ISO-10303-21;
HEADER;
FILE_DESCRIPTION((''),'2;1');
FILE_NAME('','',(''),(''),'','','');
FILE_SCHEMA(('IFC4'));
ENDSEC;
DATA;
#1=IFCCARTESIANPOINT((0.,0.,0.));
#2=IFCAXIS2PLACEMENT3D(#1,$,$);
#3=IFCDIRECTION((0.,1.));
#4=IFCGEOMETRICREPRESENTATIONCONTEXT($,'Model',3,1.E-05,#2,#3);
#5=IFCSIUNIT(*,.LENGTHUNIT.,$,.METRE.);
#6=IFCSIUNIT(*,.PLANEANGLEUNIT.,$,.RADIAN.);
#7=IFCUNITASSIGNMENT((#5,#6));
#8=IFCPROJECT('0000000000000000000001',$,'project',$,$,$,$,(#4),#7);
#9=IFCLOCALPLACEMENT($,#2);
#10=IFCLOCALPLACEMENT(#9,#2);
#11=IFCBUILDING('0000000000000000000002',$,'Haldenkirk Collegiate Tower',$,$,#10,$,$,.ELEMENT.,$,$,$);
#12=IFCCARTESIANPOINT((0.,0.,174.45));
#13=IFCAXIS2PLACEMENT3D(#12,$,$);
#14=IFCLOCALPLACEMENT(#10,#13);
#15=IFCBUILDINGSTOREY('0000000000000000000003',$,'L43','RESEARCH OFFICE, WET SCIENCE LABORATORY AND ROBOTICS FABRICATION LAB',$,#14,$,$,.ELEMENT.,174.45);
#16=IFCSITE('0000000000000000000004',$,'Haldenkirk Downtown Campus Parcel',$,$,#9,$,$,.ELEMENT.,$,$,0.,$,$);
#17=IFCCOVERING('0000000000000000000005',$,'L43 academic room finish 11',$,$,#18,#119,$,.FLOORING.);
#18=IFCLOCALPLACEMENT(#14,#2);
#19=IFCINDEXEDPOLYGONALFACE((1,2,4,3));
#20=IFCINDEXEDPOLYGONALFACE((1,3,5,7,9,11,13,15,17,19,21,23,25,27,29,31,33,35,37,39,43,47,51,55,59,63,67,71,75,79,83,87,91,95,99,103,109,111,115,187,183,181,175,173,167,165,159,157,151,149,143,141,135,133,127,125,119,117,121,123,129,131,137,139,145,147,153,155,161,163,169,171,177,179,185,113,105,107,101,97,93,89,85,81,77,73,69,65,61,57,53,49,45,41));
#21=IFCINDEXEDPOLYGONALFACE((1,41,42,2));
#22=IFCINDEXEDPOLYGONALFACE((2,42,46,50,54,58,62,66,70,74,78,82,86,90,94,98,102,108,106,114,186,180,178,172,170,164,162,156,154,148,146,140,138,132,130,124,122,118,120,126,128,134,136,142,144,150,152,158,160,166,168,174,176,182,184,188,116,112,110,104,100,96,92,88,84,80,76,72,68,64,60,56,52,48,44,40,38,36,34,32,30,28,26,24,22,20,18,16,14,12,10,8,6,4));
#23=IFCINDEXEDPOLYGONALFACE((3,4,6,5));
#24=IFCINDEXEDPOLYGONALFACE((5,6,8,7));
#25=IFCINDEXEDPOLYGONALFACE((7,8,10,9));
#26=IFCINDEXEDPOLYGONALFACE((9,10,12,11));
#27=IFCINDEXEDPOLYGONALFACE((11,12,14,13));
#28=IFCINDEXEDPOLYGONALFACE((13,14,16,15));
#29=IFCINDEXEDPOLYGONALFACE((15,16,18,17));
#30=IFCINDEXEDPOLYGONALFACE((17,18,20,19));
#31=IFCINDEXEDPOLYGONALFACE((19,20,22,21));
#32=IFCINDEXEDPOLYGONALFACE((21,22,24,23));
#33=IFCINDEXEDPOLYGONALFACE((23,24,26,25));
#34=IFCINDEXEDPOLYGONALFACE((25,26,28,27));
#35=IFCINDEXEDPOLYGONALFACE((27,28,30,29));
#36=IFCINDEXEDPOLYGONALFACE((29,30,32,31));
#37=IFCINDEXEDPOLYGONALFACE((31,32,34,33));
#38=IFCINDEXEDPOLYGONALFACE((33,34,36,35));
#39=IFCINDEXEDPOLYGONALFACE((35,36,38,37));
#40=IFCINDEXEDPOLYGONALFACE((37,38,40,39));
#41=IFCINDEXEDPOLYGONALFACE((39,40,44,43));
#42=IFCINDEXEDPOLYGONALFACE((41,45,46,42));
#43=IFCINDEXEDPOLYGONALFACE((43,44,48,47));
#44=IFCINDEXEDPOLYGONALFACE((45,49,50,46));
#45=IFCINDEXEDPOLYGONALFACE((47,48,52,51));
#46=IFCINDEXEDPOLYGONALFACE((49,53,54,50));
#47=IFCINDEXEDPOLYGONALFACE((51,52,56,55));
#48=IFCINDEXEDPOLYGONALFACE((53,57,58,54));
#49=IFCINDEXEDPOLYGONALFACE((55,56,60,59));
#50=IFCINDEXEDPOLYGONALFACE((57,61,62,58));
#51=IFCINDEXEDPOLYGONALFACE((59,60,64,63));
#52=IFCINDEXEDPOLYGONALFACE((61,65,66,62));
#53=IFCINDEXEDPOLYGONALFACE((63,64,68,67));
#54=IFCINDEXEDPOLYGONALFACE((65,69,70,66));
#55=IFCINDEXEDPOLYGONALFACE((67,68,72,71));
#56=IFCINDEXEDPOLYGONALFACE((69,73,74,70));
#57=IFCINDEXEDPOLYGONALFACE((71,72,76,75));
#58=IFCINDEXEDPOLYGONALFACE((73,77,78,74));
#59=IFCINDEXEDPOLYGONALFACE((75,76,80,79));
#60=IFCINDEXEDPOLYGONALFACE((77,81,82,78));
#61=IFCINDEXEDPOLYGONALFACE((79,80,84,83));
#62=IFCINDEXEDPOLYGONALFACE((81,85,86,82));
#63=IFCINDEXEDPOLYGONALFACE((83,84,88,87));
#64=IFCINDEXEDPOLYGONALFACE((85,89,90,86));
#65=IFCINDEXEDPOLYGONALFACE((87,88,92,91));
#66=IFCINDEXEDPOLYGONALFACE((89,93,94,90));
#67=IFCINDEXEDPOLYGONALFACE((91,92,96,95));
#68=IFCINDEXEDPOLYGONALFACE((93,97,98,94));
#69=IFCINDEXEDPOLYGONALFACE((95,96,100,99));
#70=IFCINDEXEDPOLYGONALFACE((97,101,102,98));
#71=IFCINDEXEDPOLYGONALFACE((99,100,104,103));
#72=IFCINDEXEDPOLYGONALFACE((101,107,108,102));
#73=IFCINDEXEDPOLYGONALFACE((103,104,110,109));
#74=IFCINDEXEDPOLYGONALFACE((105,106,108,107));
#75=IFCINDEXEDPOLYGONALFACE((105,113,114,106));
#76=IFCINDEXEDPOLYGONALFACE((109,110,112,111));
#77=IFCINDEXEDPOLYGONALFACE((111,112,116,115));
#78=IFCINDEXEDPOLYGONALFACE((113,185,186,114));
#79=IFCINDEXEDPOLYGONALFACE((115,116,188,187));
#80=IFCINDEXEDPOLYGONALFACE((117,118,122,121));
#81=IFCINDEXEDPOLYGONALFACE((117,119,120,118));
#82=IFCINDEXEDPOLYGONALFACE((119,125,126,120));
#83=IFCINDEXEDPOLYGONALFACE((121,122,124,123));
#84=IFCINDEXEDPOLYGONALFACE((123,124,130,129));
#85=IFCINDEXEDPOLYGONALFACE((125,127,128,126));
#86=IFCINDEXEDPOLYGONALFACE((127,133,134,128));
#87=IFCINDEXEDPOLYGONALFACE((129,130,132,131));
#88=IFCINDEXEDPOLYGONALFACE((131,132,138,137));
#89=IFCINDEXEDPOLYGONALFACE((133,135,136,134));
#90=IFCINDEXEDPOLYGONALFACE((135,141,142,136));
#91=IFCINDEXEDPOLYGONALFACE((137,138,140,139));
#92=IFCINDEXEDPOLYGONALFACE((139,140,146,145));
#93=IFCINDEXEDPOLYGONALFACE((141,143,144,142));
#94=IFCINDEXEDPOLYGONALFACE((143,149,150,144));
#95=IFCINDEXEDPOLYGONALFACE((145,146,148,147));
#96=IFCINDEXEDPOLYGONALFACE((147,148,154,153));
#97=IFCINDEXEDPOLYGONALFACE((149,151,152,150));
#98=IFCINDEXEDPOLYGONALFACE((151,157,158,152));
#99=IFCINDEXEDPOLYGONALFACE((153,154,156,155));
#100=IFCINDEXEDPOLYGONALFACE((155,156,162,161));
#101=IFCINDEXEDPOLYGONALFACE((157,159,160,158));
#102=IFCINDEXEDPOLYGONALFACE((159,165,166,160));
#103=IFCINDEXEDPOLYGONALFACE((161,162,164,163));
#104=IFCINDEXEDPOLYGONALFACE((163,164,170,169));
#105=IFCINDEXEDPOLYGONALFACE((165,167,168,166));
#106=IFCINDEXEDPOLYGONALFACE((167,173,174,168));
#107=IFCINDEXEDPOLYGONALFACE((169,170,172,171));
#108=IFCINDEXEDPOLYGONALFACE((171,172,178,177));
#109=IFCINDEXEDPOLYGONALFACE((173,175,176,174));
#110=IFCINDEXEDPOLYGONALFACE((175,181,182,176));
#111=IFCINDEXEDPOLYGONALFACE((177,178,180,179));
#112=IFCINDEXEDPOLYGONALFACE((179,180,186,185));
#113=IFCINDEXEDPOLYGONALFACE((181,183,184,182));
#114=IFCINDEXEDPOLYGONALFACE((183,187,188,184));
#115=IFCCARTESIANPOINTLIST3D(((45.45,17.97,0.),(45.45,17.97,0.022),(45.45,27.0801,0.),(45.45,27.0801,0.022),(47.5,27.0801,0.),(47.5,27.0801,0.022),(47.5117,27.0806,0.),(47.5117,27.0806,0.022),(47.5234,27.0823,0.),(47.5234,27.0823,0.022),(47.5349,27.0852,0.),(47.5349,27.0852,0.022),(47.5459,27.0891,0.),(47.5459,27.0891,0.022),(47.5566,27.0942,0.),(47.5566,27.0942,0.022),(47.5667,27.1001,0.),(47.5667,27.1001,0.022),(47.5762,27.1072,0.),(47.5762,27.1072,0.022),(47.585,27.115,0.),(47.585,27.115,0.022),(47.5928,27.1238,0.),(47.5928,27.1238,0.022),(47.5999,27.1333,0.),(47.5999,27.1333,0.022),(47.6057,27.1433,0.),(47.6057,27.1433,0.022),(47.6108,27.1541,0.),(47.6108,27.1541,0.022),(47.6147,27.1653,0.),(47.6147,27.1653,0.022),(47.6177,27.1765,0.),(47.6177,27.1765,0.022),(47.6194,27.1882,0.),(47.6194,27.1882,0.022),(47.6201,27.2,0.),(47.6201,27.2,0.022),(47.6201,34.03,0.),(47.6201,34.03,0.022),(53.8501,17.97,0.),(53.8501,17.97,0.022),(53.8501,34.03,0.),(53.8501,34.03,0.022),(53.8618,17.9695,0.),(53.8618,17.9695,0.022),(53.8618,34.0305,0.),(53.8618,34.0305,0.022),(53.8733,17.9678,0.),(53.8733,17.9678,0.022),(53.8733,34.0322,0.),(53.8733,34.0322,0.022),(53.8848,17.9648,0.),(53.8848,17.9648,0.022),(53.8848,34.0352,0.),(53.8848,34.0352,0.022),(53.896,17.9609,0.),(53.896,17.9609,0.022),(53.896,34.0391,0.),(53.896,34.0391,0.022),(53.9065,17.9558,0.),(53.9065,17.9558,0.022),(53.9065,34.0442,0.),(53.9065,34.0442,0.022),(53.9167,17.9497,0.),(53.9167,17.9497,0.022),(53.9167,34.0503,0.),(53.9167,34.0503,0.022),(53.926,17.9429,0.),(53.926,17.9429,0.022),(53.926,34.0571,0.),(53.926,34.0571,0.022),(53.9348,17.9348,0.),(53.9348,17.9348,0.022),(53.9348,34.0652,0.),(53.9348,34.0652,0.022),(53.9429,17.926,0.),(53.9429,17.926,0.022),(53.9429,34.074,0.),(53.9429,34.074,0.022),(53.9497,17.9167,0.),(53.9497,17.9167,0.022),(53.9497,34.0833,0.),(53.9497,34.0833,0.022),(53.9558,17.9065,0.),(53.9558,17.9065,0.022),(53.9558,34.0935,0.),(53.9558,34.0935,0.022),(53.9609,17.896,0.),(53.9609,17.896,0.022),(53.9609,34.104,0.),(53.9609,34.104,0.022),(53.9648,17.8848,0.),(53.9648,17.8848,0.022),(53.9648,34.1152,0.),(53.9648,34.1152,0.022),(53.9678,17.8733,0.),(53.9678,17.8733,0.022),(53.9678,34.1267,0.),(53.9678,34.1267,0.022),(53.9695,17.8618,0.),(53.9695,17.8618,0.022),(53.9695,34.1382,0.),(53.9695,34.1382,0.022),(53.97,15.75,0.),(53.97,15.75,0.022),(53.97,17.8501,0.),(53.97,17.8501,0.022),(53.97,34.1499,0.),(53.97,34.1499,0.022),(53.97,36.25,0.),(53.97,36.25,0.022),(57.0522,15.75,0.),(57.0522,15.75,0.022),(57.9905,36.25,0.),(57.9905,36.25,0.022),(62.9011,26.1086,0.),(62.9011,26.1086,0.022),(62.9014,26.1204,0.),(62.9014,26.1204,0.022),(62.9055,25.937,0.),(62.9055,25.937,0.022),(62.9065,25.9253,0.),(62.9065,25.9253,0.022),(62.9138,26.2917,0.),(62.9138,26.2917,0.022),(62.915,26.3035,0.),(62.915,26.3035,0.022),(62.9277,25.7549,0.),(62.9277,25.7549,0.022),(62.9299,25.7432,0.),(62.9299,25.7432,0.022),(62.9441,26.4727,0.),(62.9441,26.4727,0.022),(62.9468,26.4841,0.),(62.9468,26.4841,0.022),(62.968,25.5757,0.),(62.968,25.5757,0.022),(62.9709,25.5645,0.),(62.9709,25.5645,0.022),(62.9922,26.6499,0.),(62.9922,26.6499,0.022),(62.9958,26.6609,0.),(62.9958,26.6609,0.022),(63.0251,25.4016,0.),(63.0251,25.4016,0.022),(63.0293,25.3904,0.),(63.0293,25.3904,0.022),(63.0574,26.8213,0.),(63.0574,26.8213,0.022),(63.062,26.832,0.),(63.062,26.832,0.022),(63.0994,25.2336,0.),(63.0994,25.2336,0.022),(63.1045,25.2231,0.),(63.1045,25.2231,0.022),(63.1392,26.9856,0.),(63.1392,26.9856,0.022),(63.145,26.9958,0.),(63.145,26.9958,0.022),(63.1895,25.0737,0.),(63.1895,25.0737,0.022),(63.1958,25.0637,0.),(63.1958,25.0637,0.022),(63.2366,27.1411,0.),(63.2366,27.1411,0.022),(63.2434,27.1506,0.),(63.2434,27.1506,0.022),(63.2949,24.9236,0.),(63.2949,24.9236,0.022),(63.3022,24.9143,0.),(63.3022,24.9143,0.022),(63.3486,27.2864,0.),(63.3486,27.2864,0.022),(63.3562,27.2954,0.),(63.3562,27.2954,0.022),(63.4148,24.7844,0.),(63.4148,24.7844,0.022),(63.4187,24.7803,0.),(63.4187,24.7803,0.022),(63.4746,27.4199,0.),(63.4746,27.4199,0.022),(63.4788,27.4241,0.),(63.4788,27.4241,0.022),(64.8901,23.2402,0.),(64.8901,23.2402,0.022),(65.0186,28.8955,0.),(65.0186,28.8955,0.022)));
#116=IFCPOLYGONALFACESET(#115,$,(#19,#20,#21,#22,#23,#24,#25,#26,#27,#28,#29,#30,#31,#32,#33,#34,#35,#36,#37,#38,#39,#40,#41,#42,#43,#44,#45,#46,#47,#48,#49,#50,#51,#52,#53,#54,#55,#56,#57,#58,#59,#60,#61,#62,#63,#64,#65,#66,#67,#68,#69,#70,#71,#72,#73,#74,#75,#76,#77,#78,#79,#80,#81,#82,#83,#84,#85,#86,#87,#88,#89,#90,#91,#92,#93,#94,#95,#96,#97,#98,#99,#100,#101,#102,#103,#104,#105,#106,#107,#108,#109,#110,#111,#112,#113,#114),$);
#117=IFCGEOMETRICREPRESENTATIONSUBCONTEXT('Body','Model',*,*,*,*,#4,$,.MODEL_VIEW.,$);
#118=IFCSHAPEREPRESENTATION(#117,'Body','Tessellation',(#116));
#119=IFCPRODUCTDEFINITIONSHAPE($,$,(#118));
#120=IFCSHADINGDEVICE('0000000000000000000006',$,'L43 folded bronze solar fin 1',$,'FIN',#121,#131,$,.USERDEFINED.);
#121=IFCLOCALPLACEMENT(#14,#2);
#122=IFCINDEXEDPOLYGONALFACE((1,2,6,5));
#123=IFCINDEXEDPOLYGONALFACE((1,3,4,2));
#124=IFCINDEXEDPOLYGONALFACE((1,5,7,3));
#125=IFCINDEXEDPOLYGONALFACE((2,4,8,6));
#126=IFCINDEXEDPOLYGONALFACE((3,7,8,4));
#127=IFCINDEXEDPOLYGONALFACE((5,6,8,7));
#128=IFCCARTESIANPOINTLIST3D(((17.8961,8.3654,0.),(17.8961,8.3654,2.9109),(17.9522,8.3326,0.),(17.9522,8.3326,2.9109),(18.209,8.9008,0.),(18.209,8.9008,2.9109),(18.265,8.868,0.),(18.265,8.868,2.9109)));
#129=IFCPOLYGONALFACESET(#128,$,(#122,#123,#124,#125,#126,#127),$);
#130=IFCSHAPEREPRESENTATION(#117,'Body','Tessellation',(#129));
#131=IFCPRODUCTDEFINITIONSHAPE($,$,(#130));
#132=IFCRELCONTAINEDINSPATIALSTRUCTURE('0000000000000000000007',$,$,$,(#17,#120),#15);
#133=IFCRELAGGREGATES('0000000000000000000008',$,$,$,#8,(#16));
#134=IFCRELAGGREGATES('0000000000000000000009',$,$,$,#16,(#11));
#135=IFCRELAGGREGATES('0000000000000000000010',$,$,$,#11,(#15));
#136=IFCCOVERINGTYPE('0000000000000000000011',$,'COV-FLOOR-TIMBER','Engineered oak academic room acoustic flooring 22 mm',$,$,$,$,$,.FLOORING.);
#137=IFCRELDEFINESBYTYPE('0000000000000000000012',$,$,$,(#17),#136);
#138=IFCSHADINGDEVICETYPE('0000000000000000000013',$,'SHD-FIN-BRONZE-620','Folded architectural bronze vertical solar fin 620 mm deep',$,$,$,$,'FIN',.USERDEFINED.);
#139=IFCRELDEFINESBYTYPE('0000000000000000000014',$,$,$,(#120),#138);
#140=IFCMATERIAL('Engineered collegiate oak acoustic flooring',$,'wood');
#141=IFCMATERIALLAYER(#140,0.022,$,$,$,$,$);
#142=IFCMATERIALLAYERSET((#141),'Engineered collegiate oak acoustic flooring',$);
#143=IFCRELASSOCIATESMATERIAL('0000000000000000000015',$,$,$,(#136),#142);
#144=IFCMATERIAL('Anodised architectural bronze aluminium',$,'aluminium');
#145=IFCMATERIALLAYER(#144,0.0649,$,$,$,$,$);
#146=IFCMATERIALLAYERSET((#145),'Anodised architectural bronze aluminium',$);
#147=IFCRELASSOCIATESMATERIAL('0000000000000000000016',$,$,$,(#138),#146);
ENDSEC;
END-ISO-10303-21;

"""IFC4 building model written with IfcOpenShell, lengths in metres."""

from ifc_helpers import new_model, si_unit, direction, frame, origin, origin_2d, place, context, subcontext, project, spatial, polyline, rectangle, outline, extrude, source, transform, mapped, material, layer, layer_set, type_object, element, save


model = new_model("IFC4")

# Units and contexts
model_context = context("Model", 3, precision=1e-05, world=origin(), true_north=direction((0.0, 1.0)))
body_context = subcontext(model_context, "Body", "Model", "MODEL_VIEW")
ifc_project = project(units=[si_unit("LENGTHUNIT", "METRE"), si_unit("PLANEANGLEUNIT", "RADIAN")], contexts=[model_context])

# Site, building, storey
site_placement = place(None, origin())
site = spatial("IfcSite", under=ifc_project, at=site_placement, Name="Haldenkirk Downtown Campus Parcel", CompositionType="ELEMENT", RefElevation=0.0)
building_placement = place(site_placement, origin())
building = spatial("IfcBuilding", under=site, at=building_placement, Name="Haldenkirk Collegiate Tower", CompositionType="ELEMENT")
storey_placement = place(building_placement, frame((0.0, 0.0, 174.45)))
storey = spatial("IfcBuildingStorey", under=building, at=storey_placement, Name="L43", Description="RESEARCH OFFICE, WET SCIENCE LABORATORY AND ROBOTICS FABRICATION LAB", CompositionType="ELEMENT", Elevation=174.45)

# Shared definitions
ifc_material_1 = material(Name="Anodised architectural bronze aluminium", Category="aluminium")

# Covering
ifc_material_2 = material(Name="Engineered collegiate oak acoustic flooring", Category="wood")
ifc_layer_1 = layer(ifc_material_2, 0.022)
ifc_layer_set_1 = layer_set([ifc_layer_1], Name="Engineered collegiate oak acoustic flooring")
covering_type_1 = type_object("IfcCoveringType", Name="COV-FLOOR-TIMBER", Description="Engineered oak academic room acoustic flooring 22 mm", PredefinedType="FLOORING", material=ifc_layer_set_1)
covering_1_placement = place(storey_placement, origin())
element("IfcCovering", 1, at=covering_1_placement, inside=storey, type_object=covering_type_1, Name="L43 academic room finish 11", PredefinedType="FLOORING", context=body_context, shape_type="SweptSolid", body=[
    extrude(outline(polyline([(63.4788, 27.4241), (63.4746, 27.4199), (63.3562, 27.2954), (63.3486, 27.2864), (63.2434, 27.1506), (63.2366, 27.1411), (63.145, 26.9958), (63.1392, 26.9856), (63.062, 26.832), (63.0574, 26.8213), (62.9958, 26.6609), (62.9922, 26.6499), (62.9468, 26.4841), (62.9441, 26.4727), (62.915, 26.3035), (62.9138, 26.2917), (62.9014, 26.1204), (62.9011, 26.1086), (62.9055, 25.937), (62.9065, 25.9253), (62.9277, 25.7549), (62.9299, 25.7432), (62.968, 25.5757), (62.9709, 25.5645), (63.0251, 25.4016), (63.0293, 25.3904), (63.0994, 25.2336), (63.1045, 25.2231), (63.1895, 25.0737), (63.1958, 25.0637), (63.2949, 24.9236), (63.3022, 24.9143), (63.4148, 24.7844), (63.4187, 24.7803), (64.8901, 23.2402), (57.0522, 15.75), (53.97, 15.75), (53.97, 17.8501), (53.9695, 17.8618), (53.9678, 17.8733), (53.9648, 17.8848), (53.9609, 17.896), (53.9558, 17.9065), (53.9497, 17.9167), (53.9429, 17.926), (53.9348, 17.9348), (53.926, 17.9429), (53.9167, 17.9497), (53.9065, 17.9558), (53.896, 17.9609), (53.8848, 17.9648), (53.8733, 17.9678), (53.8618, 17.9695), (53.8501, 17.97), (45.45, 17.97), (45.45, 27.0801), (47.5, 27.0801), (47.5117, 27.0806), (47.5234, 27.0823), (47.5349, 27.0852), (47.5459, 27.0891), (47.5566, 27.0942), (47.5667, 27.1001), (47.5762, 27.1072), (47.585, 27.115), (47.5928, 27.1238), (47.5999, 27.1333), (47.6057, 27.1433), (47.6108, 27.1541), (47.6147, 27.1653), (47.6177, 27.1765), (47.6194, 27.1882), (47.6201, 27.2), (47.6201, 34.03), (53.8501, 34.03), (53.8618, 34.0305), (53.8733, 34.0322), (53.8848, 34.0352), (53.896, 34.0391), (53.9065, 34.0442), (53.9167, 34.0503), (53.926, 34.0571), (53.9348, 34.0652), (53.9429, 34.074), (53.9497, 34.0833), (53.9558, 34.0935), (53.9609, 34.104), (53.9648, 34.1152), (53.9678, 34.1267), (53.9695, 34.1382), (53.97, 34.1499), (53.97, 36.25), (57.9905, 36.25), (65.0186, 28.8955), (63.4788, 27.4241)])), origin(), (0.0, 0.0, 1.0), 0.022),
])

# Shading device
ifc_layer_2 = layer(ifc_material_1, 0.0649)
ifc_layer_set_2 = layer_set([ifc_layer_2], Name="Anodised architectural bronze aluminium")
shading_device_type = type_object("IfcShadingDeviceType", Name="SHD-FIN-BRONZE-620", Description="Folded architectural bronze vertical solar fin 620 mm deep", ElementType="FIN", PredefinedType="USERDEFINED", material=ifc_layer_set_2)
shared_shape_1 = source(origin(), body_context, "Body", "SweptSolid", [
    extrude(rectangle(XDim=0.6201, YDim=0.0649, at=origin_2d()), origin(), (0.0, 0.0, 1.0), 2.9109),
])
shading_device_placement = place(storey_placement, frame((18.0806, 8.6167, 0.0), z_axis=(0.0, 0.0, 1.0), x_axis=(-0.504528, -0.863396, 0.0)))
element("IfcShadingDevice", 2, at=shading_device_placement, inside=storey, type_object=shading_device_type, Name="L43 folded bronze solar fin 1", ObjectType="FIN", PredefinedType="USERDEFINED", context=body_context, shape_type="MappedRepresentation", body=[
    mapped(shared_shape_1, transform((0.0, 0.0, 0.0), x_axis=(1.0, 0.0, 0.0), y_axis=(0.0, 1.0, 0.0), z_axis=(0.0, 0.0, 1.0), scale=1.0)),
])

save(model, "model.ifc")
